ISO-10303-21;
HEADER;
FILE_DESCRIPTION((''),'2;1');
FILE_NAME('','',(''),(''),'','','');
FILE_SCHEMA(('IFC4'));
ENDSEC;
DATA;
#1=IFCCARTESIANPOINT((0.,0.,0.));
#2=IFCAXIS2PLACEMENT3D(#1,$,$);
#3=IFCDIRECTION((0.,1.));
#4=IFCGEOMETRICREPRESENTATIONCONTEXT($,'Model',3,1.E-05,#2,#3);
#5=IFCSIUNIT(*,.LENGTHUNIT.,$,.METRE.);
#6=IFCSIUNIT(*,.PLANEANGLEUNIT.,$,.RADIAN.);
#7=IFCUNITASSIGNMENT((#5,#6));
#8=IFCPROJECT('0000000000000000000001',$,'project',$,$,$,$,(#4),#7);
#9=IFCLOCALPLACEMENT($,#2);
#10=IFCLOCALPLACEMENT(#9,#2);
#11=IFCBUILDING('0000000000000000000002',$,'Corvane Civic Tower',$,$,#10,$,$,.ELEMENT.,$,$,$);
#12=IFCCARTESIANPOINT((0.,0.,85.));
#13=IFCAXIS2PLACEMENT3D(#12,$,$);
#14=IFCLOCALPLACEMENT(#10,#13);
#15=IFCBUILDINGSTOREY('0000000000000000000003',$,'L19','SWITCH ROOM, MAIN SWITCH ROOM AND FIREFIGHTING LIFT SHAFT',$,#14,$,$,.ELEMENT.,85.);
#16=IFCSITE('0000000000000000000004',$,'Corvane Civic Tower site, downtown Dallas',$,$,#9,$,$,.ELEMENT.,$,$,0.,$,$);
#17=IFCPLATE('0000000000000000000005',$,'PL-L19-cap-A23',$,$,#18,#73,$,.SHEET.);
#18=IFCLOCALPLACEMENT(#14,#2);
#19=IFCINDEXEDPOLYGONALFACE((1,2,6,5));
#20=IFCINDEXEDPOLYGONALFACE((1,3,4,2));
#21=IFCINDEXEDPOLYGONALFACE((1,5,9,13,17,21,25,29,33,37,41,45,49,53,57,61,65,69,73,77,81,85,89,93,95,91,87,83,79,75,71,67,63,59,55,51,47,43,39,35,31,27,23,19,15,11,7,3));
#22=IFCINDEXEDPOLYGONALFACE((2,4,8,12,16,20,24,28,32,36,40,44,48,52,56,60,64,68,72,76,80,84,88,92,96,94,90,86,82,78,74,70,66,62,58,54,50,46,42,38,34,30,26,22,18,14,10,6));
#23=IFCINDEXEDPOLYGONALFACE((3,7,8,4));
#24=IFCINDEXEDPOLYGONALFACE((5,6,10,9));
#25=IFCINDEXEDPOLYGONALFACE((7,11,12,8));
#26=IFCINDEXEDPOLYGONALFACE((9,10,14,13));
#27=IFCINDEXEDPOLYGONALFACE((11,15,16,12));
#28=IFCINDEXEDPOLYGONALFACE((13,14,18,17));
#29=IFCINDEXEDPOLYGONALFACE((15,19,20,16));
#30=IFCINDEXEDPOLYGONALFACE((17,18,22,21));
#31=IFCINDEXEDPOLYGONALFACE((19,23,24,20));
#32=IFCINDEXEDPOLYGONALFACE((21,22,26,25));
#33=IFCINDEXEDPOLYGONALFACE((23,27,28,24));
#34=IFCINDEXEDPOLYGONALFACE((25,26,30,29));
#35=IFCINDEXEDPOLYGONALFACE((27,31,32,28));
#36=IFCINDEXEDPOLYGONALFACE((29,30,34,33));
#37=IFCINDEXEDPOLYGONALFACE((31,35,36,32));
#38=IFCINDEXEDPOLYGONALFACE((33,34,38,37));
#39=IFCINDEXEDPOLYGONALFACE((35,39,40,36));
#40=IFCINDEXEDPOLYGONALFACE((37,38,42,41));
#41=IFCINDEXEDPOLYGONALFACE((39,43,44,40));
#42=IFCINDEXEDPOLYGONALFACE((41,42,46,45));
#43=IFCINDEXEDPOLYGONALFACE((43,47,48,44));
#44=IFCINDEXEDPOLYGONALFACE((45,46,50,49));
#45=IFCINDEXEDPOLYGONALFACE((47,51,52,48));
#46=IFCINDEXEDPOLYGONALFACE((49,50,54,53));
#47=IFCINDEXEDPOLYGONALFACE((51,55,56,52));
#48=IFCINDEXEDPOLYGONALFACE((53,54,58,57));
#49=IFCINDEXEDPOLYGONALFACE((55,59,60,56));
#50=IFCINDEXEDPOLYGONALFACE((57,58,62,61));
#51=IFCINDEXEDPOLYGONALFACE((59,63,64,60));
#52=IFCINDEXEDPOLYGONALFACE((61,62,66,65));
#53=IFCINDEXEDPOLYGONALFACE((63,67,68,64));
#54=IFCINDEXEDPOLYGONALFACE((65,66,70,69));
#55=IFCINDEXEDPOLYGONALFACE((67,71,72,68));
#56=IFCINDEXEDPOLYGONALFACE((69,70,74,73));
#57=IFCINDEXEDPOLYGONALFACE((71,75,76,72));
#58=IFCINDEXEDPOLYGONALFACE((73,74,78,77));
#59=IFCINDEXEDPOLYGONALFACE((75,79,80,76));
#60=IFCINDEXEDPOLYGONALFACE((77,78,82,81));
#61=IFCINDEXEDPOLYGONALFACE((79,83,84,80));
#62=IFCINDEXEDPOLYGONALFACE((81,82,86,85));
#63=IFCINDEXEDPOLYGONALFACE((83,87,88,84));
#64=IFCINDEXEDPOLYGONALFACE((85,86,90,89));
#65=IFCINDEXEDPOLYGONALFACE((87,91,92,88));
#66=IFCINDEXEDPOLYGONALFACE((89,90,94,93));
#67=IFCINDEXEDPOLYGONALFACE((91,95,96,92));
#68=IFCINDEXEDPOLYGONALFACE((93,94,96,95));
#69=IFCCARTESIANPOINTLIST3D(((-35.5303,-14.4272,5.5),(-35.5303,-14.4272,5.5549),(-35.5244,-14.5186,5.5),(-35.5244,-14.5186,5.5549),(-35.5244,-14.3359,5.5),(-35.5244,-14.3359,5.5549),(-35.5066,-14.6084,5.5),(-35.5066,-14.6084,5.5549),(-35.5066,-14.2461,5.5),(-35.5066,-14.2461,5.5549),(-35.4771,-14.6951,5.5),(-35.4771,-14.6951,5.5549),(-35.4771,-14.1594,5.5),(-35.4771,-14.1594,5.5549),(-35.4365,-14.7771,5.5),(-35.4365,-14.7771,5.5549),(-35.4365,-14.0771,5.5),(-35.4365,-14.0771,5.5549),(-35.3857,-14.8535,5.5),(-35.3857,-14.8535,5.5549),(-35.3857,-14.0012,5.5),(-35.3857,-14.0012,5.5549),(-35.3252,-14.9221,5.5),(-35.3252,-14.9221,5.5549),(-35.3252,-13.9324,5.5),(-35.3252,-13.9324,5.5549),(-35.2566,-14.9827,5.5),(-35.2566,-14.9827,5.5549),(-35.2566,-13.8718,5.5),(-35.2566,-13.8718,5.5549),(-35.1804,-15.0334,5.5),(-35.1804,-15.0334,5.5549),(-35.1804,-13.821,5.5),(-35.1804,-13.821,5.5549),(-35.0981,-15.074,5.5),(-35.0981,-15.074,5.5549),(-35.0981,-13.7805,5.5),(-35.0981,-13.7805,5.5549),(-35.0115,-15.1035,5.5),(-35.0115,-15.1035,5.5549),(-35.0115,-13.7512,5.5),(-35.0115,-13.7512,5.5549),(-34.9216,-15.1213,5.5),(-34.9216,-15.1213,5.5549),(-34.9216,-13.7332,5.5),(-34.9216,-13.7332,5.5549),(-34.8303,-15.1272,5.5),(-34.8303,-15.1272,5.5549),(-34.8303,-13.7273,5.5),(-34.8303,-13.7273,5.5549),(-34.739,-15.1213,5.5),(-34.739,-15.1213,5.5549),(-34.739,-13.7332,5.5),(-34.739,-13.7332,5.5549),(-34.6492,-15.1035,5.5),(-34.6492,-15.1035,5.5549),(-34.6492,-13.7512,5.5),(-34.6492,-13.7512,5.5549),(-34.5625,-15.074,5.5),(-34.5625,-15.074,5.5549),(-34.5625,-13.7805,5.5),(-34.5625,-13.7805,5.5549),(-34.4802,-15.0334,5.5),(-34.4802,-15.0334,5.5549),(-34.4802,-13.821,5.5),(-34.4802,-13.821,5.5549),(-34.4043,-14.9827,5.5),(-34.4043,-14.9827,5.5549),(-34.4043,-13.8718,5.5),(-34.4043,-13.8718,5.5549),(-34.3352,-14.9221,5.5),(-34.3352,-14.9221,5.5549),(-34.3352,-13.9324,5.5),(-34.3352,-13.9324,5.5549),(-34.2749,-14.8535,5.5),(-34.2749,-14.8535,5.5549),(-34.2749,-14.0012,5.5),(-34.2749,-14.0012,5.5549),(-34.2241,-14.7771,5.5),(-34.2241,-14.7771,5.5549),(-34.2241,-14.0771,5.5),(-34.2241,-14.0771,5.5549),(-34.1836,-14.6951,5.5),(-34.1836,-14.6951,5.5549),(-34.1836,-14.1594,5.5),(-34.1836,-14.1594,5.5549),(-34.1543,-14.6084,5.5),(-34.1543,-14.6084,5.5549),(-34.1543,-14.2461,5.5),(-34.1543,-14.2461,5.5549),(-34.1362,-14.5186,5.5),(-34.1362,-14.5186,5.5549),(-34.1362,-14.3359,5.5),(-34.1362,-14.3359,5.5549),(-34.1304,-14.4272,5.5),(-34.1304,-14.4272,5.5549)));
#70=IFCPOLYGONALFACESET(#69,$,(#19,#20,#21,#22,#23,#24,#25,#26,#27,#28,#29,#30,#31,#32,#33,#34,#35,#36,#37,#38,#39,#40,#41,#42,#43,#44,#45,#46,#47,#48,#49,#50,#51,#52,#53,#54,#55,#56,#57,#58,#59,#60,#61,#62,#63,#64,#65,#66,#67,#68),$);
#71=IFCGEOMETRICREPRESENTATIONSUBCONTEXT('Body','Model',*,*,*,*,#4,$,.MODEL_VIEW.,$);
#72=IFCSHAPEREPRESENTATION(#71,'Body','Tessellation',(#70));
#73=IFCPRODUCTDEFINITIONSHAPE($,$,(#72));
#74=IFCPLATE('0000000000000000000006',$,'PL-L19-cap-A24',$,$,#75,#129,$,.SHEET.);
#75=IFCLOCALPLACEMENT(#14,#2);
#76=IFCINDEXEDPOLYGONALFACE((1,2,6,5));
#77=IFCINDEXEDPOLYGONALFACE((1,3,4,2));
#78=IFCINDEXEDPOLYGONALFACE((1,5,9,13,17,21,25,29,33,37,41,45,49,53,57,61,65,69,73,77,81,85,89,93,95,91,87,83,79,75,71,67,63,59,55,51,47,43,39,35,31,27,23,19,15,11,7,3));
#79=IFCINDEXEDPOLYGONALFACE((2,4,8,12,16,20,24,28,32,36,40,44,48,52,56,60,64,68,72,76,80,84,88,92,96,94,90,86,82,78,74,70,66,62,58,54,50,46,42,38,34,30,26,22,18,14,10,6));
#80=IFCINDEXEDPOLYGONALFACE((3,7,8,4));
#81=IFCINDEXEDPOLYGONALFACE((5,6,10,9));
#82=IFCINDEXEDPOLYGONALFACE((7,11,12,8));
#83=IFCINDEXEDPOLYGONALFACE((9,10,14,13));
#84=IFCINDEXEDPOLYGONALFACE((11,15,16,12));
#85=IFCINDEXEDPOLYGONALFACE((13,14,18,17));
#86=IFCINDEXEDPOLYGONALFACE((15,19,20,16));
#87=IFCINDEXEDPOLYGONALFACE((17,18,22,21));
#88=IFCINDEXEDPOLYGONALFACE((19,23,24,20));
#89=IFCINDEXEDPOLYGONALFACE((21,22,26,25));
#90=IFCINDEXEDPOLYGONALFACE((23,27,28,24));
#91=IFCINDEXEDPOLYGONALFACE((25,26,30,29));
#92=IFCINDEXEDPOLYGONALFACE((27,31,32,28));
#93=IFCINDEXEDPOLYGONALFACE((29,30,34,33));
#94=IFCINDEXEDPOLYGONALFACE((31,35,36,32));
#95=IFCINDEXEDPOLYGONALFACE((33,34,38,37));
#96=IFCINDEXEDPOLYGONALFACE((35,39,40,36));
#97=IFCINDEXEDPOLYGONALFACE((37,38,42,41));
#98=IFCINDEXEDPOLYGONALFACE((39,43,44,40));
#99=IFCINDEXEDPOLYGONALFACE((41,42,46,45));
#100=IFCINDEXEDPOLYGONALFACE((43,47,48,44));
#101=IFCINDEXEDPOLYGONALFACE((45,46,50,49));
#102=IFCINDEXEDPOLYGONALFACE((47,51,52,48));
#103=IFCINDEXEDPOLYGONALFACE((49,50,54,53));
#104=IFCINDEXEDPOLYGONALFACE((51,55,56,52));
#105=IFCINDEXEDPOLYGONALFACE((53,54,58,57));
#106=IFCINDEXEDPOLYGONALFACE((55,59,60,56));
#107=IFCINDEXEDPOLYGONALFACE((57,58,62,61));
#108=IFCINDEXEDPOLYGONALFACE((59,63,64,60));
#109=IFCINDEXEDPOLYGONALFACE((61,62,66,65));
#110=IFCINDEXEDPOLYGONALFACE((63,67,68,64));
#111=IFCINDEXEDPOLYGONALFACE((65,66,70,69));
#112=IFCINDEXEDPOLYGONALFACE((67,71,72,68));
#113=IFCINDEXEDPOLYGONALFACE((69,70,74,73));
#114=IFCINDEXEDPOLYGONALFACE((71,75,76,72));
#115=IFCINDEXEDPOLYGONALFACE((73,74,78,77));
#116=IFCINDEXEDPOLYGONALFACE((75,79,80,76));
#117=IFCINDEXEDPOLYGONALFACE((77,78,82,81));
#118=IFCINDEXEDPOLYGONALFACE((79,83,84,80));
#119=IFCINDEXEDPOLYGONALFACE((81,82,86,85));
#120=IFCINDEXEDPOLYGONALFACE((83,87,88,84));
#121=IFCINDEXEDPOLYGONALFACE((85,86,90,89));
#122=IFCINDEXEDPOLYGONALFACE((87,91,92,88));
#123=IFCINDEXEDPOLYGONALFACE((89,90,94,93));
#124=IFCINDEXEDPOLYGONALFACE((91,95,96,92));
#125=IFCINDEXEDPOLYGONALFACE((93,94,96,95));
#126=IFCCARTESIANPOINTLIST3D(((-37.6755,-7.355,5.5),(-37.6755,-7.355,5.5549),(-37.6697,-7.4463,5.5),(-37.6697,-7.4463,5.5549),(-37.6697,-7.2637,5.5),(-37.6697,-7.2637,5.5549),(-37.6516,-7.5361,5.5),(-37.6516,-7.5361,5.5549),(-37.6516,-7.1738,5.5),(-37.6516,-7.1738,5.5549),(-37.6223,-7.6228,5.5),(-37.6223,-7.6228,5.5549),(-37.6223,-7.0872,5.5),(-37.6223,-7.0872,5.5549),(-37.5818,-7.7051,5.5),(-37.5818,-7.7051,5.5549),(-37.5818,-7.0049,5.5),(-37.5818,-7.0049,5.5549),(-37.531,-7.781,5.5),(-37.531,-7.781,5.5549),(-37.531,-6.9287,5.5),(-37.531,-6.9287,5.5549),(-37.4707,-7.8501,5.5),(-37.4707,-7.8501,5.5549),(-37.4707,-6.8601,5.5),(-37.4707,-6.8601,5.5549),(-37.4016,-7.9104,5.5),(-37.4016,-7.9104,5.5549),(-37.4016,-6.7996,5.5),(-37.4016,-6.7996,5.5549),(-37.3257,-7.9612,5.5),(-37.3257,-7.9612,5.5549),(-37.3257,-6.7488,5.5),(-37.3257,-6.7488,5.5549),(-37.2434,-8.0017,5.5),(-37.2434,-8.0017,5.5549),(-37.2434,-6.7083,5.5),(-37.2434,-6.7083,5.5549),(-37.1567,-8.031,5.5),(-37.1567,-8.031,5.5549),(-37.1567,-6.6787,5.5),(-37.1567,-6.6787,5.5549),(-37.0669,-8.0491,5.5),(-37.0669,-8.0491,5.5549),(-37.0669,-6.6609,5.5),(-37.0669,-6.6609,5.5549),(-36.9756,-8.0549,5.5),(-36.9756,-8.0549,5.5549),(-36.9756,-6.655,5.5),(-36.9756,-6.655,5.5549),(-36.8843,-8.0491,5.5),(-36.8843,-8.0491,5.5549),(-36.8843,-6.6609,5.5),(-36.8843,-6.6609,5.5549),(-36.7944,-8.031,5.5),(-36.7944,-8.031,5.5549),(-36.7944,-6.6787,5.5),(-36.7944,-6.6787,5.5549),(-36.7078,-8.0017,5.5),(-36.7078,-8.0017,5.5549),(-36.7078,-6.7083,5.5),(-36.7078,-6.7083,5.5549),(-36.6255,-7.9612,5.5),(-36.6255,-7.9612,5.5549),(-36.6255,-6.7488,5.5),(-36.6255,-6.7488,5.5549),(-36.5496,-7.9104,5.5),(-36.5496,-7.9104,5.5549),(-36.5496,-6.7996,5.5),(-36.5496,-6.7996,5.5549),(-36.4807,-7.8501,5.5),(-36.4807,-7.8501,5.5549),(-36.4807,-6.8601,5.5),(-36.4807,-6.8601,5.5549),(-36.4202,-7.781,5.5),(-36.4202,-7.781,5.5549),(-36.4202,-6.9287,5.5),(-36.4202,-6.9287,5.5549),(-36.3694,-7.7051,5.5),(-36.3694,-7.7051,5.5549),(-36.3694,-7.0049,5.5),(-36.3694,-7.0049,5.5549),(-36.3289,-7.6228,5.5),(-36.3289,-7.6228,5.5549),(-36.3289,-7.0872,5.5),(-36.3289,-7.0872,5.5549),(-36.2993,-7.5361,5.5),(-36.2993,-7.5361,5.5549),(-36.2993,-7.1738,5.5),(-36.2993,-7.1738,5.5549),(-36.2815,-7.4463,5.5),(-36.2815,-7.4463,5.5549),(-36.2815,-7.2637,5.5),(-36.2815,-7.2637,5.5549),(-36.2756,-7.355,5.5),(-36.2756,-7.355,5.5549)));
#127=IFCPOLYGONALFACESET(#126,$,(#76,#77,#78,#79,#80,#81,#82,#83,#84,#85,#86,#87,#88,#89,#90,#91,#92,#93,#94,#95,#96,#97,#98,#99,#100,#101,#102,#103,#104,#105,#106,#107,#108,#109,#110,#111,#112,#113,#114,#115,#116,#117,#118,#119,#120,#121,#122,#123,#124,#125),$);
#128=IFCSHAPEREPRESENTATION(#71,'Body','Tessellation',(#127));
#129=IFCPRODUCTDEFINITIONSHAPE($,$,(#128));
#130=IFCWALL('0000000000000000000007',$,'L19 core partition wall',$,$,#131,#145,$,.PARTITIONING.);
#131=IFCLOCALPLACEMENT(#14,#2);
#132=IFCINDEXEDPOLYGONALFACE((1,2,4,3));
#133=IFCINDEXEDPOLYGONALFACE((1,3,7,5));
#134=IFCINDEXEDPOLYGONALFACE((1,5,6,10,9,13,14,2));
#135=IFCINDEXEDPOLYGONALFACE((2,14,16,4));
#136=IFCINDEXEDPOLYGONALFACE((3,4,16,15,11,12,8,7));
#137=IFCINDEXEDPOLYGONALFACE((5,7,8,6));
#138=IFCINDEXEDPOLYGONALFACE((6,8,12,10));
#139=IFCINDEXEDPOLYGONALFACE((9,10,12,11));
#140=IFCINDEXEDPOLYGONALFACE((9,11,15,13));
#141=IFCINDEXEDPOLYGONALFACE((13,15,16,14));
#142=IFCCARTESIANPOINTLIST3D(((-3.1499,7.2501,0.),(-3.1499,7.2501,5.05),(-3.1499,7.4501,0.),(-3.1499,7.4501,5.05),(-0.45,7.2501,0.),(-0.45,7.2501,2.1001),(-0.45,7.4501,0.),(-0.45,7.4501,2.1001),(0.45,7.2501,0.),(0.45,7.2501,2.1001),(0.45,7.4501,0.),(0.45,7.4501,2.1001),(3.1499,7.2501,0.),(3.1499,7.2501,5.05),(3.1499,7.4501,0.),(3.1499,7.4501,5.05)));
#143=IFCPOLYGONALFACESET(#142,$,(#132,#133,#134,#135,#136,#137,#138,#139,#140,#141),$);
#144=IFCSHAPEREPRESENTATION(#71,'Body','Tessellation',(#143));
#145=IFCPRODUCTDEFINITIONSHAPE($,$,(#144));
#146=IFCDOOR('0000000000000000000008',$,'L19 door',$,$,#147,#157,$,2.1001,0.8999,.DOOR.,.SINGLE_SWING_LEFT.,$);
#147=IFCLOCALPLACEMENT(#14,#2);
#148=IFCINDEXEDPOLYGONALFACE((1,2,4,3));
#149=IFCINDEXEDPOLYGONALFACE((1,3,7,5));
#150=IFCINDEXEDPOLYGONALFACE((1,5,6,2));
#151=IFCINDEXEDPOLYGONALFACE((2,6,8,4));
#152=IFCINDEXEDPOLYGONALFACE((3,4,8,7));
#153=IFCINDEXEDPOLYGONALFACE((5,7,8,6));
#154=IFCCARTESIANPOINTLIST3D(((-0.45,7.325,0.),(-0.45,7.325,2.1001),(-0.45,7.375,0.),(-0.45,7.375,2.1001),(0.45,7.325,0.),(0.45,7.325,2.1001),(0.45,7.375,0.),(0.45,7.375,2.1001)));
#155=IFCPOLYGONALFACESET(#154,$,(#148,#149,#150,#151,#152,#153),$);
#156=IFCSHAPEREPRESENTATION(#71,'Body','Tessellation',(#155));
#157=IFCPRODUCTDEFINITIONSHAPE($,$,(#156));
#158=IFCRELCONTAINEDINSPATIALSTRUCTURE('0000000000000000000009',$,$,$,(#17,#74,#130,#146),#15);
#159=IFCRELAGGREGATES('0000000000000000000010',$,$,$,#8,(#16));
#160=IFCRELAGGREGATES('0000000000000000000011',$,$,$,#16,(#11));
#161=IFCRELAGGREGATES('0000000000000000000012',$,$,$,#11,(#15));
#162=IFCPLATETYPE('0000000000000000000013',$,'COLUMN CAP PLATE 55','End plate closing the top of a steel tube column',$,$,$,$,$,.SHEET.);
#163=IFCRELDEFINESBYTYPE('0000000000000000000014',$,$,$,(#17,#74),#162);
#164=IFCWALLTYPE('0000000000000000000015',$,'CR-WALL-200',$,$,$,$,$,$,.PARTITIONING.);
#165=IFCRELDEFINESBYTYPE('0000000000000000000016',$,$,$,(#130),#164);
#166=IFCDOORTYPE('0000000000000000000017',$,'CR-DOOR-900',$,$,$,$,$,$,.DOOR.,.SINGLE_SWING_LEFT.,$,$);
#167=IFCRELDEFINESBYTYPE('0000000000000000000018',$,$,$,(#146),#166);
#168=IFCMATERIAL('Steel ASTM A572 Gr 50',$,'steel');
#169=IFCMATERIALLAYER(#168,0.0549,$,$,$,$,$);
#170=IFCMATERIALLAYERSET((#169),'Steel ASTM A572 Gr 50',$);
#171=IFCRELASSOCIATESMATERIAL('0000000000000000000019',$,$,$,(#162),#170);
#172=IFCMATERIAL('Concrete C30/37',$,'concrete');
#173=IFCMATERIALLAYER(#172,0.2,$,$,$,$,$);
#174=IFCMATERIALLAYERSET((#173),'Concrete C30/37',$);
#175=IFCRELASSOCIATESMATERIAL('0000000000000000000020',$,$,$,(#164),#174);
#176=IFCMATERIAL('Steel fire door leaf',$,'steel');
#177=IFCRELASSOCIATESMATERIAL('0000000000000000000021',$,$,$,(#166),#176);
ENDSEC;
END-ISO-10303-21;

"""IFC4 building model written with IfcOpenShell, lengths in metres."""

from ifc_helpers import new_model, si_unit, direction, frame, frame_2d, origin, place, context, subcontext, project, spatial, polyline, rectangle, outline, extrude, material, layer, layer_set, type_object, element, fill, save


model = new_model("IFC4")

# Units and contexts
model_context = context("Model", 3, precision=1e-05, world=origin(), true_north=direction((0.0, 1.0)))
body_context = subcontext(model_context, "Body", "Model", "MODEL_VIEW")
ifc_project = project(units=[si_unit("LENGTHUNIT", "METRE"), si_unit("PLANEANGLEUNIT", "RADIAN")], contexts=[model_context])

# Site, building, storey
site_placement = place(None, origin())
site = spatial("IfcSite", under=ifc_project, at=site_placement, Name="Corvane Civic Tower site, downtown Dallas", CompositionType="ELEMENT", RefElevation=0.0)
building_placement = place(site_placement, origin())
building = spatial("IfcBuilding", under=site, at=building_placement, Name="Corvane Civic Tower", CompositionType="ELEMENT")
storey_placement = place(building_placement, frame((0.0, 0.0, 85.0)))
storey = spatial("IfcBuildingStorey", under=building, at=storey_placement, Name="L19", Description="SWITCH ROOM, MAIN SWITCH ROOM AND FIREFIGHTING LIFT SHAFT", CompositionType="ELEMENT", Elevation=85.0)

# Plates
ifc_material_1 = material(Name="Steel ASTM A572 Gr 50", Category="steel")
ifc_layer_1 = layer(ifc_material_1, 0.0549)
ifc_layer_set_1 = layer_set([ifc_layer_1], Name="Steel ASTM A572 Gr 50")
plate_type = type_object("IfcPlateType", Name="COLUMN CAP PLATE 55", Description="End plate closing the top of a steel tube column", PredefinedType="SHEET", material=ifc_layer_set_1)
plate_1_placement = place(storey_placement, frame((0.0, 0.0, 5.5)))
element("IfcPlate", 1, at=plate_1_placement, inside=storey, type_object=plate_type, Name="PL-L19-cap-A23", PredefinedType="SHEET", context=body_context, shape_type="SweptSolid", body=[
    extrude(outline(polyline([(-34.1304, -14.4272), (-34.1362, -14.3359), (-34.1543, -14.2461), (-34.1836, -14.1594), (-34.2241, -14.0771), (-34.2749, -14.0012), (-34.3352, -13.9324), (-34.4043, -13.8718), (-34.4802, -13.821), (-34.5625, -13.7805), (-34.6492, -13.7512), (-34.739, -13.7332), (-34.8303, -13.7273), (-34.9216, -13.7332), (-35.0115, -13.7512), (-35.0981, -13.7805), (-35.1804, -13.821), (-35.2566, -13.8718), (-35.3252, -13.9324), (-35.3857, -14.0012), (-35.4365, -14.0771), (-35.4771, -14.1594), (-35.5066, -14.2461), (-35.5244, -14.3359), (-35.5303, -14.4272), (-35.5244, -14.5186), (-35.5066, -14.6084), (-35.4771, -14.6951), (-35.4365, -14.7771), (-35.3857, -14.8535), (-35.3252, -14.9221), (-35.2566, -14.9827), (-35.1804, -15.0334), (-35.0981, -15.074), (-35.0115, -15.1035), (-34.9216, -15.1213), (-34.8303, -15.1272), (-34.739, -15.1213), (-34.6492, -15.1035), (-34.5625, -15.074), (-34.4802, -15.0334), (-34.4043, -14.9827), (-34.3352, -14.9221), (-34.2749, -14.8535), (-34.2241, -14.7771), (-34.1836, -14.6951), (-34.1543, -14.6084), (-34.1362, -14.5186), (-34.1304, -14.4272)])), origin(), (0.0, 0.0, 1.0), 0.0549),
])
plate_2_placement = place(storey_placement, frame((0.0, 0.0, 5.5)))
element("IfcPlate", 2, at=plate_2_placement, inside=storey, type_object=plate_type, Name="PL-L19-cap-A24", PredefinedType="SHEET", context=body_context, shape_type="SweptSolid", body=[
    extrude(outline(polyline([(-36.2756, -7.355), (-36.2815, -7.2637), (-36.2993, -7.1738), (-36.3289, -7.0872), (-36.3694, -7.0049), (-36.4202, -6.9287), (-36.4807, -6.8601), (-36.5496, -6.7996), (-36.6255, -6.7488), (-36.7078, -6.7083), (-36.7944, -6.6787), (-36.8843, -6.6609), (-36.9756, -6.655), (-37.0669, -6.6609), (-37.1567, -6.6787), (-37.2434, -6.7083), (-37.3257, -6.7488), (-37.4016, -6.7996), (-37.4707, -6.8601), (-37.531, -6.9287), (-37.5818, -7.0049), (-37.6223, -7.0872), (-37.6516, -7.1738), (-37.6697, -7.2637), (-37.6755, -7.355), (-37.6697, -7.4463), (-37.6516, -7.5361), (-37.6223, -7.6228), (-37.5818, -7.7051), (-37.531, -7.781), (-37.4707, -7.8501), (-37.4016, -7.9104), (-37.3257, -7.9612), (-37.2434, -8.0017), (-37.1567, -8.031), (-37.0669, -8.0491), (-36.9756, -8.0549), (-36.8843, -8.0491), (-36.7944, -8.031), (-36.7078, -8.0017), (-36.6255, -7.9612), (-36.5496, -7.9104), (-36.4807, -7.8501), (-36.4202, -7.781), (-36.3694, -7.7051), (-36.3289, -7.6228), (-36.2993, -7.5361), (-36.2815, -7.4463), (-36.2756, -7.355)])), origin(), (0.0, 0.0, 1.0), 0.0549),
])

# Wall, opening, door
ifc_material_2 = material(Name="Concrete C30/37", Category="concrete")
ifc_layer_2 = layer(ifc_material_2, 0.2)
ifc_layer_set_2 = layer_set([ifc_layer_2], Name="Concrete C30/37")
wall_type = type_object("IfcWallType", Name="CR-WALL-200", PredefinedType="PARTITIONING", material=ifc_layer_set_2)
wall_1_placement = place(storey_placement, frame((-3.1499, 7.3501, 0.0), z_axis=(0.0, 0.0, 1.0), x_axis=(1.0, 0.0, 0.0)))
wall_1 = element("IfcWall", 3, at=wall_1_placement, inside=storey, type_object=wall_type, Name="L19 core partition wall", PredefinedType="PARTITIONING", context=body_context, shape_type="SweptSolid", body=[
    extrude(rectangle(XDim=6.2998, YDim=0.2, at=frame_2d((3.1499, 0.0))), origin(), (0.0, 0.0, 1.0), 5.05),
])
opening_1_placement = place(wall_1_placement, frame((2.7, 0.0, 0.0)))
opening_1 = element("IfcOpeningElement", 4, at=opening_1_placement, cuts=wall_1, PredefinedType="OPENING", context=body_context, shape_type="SweptSolid", body=[
    extrude(rectangle(XDim=0.8999, YDim=2.1001, at=frame_2d((0.45, 1.05))), frame((0.0, 0.1099, 0.0), z_axis=(0.0, -1.0, 0.0), x_axis=(1.0, 0.0, 0.0)), (0.0, 0.0, 1.0), 0.22),
])
ifc_material_3 = material(Name="Steel fire door leaf", Category="steel")
door_type = type_object("IfcDoorType", Name="CR-DOOR-900", OperationType="SINGLE_SWING_LEFT", PredefinedType="DOOR", material=ifc_material_3)
door_1_placement = place(opening_1_placement, origin())
door_1 = element("IfcDoor", 5, at=door_1_placement, inside=storey, type_object=door_type, Name="L19 door", OperationType="SINGLE_SWING_LEFT", OverallHeight=2.1001, OverallWidth=0.8999, PredefinedType="DOOR", context=body_context, shape_type="SweptSolid", body=[
    extrude(rectangle(XDim=0.8999, YDim=2.1001, at=frame_2d((0.45, 1.05))), frame((0.0, 0.0249, 0.0), z_axis=(0.0, -1.0, 0.0), x_axis=(1.0, 0.0, 0.0)), (0.0, 0.0, 1.0), 0.05),
])
fill(opening_1, door_1)

save(model, "model.ifc")
